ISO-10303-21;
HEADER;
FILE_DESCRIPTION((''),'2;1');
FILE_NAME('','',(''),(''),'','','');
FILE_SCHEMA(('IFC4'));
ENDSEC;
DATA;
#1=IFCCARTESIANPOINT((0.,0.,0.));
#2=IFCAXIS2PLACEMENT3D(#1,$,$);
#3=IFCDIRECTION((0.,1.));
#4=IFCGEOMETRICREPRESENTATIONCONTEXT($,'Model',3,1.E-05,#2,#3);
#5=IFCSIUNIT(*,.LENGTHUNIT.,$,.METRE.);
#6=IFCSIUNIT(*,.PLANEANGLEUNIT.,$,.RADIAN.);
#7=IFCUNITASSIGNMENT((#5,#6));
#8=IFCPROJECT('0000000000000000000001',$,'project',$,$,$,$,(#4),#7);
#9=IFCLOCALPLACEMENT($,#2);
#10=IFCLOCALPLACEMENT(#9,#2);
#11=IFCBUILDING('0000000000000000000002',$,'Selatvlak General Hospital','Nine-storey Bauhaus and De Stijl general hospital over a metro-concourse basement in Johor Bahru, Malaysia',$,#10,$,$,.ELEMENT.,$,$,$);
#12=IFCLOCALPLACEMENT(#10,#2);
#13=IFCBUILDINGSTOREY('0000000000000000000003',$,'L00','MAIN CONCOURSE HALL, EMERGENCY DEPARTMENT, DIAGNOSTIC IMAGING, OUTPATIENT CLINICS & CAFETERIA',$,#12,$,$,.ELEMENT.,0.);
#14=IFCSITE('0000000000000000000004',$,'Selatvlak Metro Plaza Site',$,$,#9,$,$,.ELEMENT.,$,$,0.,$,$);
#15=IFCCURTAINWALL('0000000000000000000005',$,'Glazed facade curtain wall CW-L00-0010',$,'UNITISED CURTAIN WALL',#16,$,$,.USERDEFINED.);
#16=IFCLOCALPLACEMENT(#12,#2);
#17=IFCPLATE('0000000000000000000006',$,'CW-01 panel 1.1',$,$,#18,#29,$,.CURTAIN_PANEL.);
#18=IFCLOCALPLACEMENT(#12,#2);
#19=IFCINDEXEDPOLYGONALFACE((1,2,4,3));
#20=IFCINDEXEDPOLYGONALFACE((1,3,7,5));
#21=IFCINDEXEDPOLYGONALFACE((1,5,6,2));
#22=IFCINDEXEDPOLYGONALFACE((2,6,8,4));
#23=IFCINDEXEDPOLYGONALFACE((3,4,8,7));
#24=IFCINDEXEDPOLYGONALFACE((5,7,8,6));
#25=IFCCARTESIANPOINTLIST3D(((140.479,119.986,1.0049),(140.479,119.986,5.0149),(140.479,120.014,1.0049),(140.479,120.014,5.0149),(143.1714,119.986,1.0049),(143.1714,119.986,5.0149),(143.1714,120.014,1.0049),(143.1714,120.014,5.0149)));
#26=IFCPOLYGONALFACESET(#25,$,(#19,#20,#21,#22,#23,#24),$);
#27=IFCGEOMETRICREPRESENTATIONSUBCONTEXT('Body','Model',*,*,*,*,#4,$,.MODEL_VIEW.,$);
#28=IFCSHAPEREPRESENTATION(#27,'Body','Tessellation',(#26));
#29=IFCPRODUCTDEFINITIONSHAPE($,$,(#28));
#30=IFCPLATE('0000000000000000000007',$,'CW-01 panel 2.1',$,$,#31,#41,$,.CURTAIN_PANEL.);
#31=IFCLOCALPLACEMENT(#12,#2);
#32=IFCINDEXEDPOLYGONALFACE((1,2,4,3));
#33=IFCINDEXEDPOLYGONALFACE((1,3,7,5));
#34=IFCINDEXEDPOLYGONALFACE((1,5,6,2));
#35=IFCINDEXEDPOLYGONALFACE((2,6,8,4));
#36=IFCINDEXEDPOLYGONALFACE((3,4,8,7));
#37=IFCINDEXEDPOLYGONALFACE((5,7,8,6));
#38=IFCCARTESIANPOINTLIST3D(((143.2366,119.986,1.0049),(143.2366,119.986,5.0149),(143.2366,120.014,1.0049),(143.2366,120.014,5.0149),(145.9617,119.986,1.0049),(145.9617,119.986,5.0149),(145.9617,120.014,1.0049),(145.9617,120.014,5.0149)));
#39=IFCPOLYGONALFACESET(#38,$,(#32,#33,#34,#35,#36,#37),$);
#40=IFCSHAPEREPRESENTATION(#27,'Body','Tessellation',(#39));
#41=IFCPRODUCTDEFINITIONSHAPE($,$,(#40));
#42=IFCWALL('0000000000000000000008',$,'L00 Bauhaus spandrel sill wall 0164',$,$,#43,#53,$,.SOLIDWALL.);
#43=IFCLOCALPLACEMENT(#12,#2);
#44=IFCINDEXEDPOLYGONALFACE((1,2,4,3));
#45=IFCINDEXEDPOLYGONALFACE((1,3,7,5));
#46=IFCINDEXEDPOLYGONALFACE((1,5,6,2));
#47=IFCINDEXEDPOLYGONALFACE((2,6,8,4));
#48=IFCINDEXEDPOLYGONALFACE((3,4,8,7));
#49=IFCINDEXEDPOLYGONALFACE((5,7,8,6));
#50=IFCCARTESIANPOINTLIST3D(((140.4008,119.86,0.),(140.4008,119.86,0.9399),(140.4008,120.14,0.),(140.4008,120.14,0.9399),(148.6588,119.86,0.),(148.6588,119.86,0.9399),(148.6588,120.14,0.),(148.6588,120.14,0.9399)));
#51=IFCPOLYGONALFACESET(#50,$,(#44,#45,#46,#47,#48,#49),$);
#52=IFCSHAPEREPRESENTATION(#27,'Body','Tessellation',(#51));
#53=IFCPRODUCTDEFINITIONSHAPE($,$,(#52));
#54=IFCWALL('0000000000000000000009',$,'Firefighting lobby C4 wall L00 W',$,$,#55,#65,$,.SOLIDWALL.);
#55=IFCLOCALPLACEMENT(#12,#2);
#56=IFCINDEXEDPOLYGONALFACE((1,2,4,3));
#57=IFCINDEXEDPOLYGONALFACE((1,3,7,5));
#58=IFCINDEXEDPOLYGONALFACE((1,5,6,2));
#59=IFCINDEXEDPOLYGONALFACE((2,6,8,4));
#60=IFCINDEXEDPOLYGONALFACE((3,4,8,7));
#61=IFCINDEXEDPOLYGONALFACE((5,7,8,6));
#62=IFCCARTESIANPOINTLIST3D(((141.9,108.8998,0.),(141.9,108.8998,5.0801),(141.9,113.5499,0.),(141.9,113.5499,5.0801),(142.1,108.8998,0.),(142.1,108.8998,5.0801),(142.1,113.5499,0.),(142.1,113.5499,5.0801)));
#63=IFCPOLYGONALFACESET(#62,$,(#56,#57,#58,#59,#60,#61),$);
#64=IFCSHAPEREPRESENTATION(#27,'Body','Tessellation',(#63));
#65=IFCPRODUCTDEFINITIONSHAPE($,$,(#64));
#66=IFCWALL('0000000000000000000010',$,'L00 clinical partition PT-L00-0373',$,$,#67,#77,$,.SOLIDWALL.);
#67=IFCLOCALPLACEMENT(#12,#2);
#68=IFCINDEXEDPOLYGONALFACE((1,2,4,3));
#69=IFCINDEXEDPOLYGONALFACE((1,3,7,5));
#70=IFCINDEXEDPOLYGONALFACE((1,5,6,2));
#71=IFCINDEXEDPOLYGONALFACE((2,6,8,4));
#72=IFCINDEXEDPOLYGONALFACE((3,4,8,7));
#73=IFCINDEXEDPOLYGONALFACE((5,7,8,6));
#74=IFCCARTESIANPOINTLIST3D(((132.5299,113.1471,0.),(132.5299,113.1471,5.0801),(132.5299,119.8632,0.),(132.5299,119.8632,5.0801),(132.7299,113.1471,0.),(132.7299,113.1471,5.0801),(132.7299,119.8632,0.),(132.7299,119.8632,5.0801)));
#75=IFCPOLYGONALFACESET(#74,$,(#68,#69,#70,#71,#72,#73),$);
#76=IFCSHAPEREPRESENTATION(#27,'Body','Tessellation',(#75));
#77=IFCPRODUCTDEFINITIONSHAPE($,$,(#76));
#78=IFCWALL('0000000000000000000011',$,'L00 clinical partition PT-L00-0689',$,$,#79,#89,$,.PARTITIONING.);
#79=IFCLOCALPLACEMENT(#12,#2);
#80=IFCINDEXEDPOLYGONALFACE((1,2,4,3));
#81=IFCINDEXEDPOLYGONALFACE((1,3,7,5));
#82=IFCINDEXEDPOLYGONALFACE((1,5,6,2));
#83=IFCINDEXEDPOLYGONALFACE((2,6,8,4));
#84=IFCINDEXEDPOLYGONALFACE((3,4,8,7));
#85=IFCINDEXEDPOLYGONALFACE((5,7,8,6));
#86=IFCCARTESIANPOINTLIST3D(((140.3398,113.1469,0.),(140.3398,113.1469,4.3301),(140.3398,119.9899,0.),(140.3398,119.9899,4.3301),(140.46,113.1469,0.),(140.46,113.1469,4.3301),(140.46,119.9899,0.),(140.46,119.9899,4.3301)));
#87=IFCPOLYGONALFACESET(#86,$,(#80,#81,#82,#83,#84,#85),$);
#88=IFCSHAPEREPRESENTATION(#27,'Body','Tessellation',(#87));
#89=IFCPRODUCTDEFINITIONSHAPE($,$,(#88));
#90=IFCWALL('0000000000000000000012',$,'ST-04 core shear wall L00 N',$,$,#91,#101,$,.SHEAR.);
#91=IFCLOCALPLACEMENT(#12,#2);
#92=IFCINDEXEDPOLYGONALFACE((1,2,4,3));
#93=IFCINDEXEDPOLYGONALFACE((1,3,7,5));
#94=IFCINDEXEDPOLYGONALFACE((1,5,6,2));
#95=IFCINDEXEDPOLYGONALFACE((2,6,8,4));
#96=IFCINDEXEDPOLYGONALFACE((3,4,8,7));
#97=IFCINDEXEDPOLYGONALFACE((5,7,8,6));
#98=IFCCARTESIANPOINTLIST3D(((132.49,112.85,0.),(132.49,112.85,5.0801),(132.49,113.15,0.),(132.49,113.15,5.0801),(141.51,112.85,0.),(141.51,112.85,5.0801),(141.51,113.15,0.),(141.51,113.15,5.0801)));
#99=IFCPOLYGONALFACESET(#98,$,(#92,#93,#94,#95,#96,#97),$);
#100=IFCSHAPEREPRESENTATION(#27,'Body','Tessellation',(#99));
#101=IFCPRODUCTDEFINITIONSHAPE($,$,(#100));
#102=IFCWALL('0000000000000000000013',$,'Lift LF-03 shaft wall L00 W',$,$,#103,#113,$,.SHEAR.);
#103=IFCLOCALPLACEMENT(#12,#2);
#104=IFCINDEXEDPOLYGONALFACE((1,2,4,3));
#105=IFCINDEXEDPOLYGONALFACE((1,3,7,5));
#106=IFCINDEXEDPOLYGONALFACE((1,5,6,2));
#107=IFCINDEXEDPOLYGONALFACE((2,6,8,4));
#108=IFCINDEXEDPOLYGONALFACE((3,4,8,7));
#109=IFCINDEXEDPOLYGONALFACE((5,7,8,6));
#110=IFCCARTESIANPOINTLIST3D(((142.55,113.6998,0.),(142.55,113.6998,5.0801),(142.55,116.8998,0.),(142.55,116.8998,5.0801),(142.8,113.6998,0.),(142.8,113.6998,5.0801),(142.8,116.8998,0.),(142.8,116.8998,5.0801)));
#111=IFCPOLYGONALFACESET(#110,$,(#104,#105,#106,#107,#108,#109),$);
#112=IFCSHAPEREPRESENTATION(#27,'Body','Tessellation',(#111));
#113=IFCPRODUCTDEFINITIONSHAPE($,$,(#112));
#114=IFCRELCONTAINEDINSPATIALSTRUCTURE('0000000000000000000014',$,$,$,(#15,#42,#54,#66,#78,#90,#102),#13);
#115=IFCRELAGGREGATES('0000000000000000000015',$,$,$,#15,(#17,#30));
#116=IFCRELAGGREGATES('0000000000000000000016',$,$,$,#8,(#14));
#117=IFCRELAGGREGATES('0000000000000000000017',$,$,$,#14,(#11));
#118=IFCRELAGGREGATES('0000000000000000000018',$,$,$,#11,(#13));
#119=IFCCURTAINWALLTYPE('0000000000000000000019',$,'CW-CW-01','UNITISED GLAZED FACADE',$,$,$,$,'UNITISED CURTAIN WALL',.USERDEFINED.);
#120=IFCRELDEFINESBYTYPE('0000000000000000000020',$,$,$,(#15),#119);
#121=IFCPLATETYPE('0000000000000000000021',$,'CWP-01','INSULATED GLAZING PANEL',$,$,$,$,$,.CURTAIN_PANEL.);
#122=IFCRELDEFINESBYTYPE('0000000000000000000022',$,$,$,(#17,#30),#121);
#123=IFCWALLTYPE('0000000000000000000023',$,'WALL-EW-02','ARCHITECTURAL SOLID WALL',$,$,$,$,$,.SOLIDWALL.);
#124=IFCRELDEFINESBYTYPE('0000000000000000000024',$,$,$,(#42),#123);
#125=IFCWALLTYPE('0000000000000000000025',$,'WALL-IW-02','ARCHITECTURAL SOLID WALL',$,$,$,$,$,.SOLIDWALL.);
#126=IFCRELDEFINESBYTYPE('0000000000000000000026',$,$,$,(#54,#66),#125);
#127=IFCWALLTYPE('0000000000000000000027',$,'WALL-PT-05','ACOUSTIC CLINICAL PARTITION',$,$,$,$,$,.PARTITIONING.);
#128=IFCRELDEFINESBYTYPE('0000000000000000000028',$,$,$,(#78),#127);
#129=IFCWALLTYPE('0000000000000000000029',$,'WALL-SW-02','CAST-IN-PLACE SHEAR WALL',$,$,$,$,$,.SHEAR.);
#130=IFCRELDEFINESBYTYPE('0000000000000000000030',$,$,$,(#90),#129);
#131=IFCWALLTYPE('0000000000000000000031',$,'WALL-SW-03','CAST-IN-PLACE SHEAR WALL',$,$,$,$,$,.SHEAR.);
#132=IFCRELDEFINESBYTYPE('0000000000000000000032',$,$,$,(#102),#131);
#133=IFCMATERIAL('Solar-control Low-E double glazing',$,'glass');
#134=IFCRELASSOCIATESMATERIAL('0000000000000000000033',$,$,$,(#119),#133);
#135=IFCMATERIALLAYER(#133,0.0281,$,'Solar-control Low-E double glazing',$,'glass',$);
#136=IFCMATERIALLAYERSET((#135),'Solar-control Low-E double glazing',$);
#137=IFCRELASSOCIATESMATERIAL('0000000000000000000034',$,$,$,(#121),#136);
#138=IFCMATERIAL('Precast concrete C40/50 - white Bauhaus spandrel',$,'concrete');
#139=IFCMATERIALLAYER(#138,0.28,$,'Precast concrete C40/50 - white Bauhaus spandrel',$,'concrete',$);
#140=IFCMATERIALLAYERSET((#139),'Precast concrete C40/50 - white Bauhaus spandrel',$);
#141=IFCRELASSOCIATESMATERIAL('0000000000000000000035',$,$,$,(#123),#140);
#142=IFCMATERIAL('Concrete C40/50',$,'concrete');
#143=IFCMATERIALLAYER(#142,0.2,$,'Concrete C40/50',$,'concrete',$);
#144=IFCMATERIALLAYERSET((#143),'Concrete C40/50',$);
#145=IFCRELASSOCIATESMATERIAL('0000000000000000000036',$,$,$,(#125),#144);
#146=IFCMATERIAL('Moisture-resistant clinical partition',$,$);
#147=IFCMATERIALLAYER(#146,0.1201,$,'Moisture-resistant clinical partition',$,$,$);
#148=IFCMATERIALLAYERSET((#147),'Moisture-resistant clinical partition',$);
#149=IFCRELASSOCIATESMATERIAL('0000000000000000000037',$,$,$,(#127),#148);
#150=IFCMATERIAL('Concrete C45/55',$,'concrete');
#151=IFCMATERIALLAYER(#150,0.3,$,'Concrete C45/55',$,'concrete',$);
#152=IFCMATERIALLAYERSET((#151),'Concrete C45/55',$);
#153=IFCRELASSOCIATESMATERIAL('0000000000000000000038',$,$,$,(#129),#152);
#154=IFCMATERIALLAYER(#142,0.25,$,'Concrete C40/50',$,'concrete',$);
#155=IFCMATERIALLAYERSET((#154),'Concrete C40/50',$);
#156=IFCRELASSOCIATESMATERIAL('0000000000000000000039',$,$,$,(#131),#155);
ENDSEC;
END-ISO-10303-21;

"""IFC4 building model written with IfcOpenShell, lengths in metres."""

from ifc_helpers import new_model, si_unit, direction, frame, frame_2d, origin, origin_2d, place, context, subcontext, project, spatial, rectangle, extrude, material, layer, layer_set, type_object, element, aggregate, save


model = new_model("IFC4")

# Units and contexts
model_context = context("Model", 3, precision=1e-05, world=origin(), true_north=direction((0.0, 1.0)))
body_context = subcontext(model_context, "Body", "Model", "MODEL_VIEW")
ifc_project = project(units=[si_unit("LENGTHUNIT", "METRE"), si_unit("PLANEANGLEUNIT", "RADIAN")], contexts=[model_context])

# Site, building, storey
site_placement = place(None, origin())
site = spatial("IfcSite", under=ifc_project, at=site_placement, Name="Selatvlak Metro Plaza Site", CompositionType="ELEMENT", RefElevation=0.0)
building_placement = place(site_placement, origin())
building = spatial("IfcBuilding", under=site, at=building_placement, Name="Selatvlak General Hospital", Description="Nine-storey Bauhaus and De Stijl general hospital over a metro-concourse basement in Johor Bahru, Malaysia", CompositionType="ELEMENT")
storey_placement = place(building_placement, origin())
storey = spatial("IfcBuildingStorey", under=building, at=storey_placement, Name="L00", Description="MAIN CONCOURSE HALL, EMERGENCY DEPARTMENT, DIAGNOSTIC IMAGING, OUTPATIENT CLINICS & CAFETERIA", CompositionType="ELEMENT", Elevation=0.0)

# Shared definitions
ifc_material_1 = material(Name="Concrete C40/50", Category="concrete")

# Curtain wall, plates
ifc_material_2 = material(Name="Solar-control Low-E double glazing", Category="glass")
curtain_wall_type = type_object("IfcCurtainWallType", Name="CW-CW-01", Description="UNITISED GLAZED FACADE", ElementType="UNITISED CURTAIN WALL", PredefinedType="USERDEFINED", material=ifc_material_2)
curtain_wall_placement = place(storey_placement, origin())
curtain_wall = element("IfcCurtainWall", 1, at=curtain_wall_placement, inside=storey, type_object=curtain_wall_type, Name="Glazed facade curtain wall CW-L00-0010", ObjectType="UNITISED CURTAIN WALL", PredefinedType="USERDEFINED")
ifc_layer_1 = layer(ifc_material_2, 0.0281, Name="Solar-control Low-E double glazing", Category="glass")
ifc_layer_set_1 = layer_set([ifc_layer_1], Name="Solar-control Low-E double glazing")
plate_type = type_object("IfcPlateType", Name="CWP-01", Description="INSULATED GLAZING PANEL", PredefinedType="CURTAIN_PANEL", material=ifc_layer_set_1)
plate_1_placement = place(storey_placement, frame((141.8252, 120.0, 1.0049), z_axis=(0.0, 0.0, 1.0), x_axis=(1.0, 0.0, 0.0)))
plate_1 = element("IfcPlate", 2, at=plate_1_placement, type_object=plate_type, Name="CW-01 panel 1.1", PredefinedType="CURTAIN_PANEL", context=body_context, shape_type="SweptSolid", body=[
    extrude(rectangle(XDim=2.6924, YDim=0.0281, at=origin_2d()), origin(), (0.0, 0.0, 1.0), 4.01),
])
plate_2_placement = place(storey_placement, frame((144.5991, 120.0, 1.0049), z_axis=(0.0, 0.0, 1.0), x_axis=(1.0, 0.0, 0.0)))
plate_2 = element("IfcPlate", 3, at=plate_2_placement, type_object=plate_type, Name="CW-01 panel 2.1", PredefinedType="CURTAIN_PANEL", context=body_context, shape_type="SweptSolid", body=[
    extrude(rectangle(XDim=2.7251, YDim=0.0281, at=origin_2d()), origin(), (0.0, 0.0, 1.0), 4.01),
])
aggregate(curtain_wall, [plate_1, plate_2])

# Walls
ifc_material_3 = material(Name="Precast concrete C40/50 - white Bauhaus spandrel", Category="concrete")
ifc_layer_2 = layer(ifc_material_3, 0.28, Name="Precast concrete C40/50 - white Bauhaus spandrel", Category="concrete")
ifc_layer_set_2 = layer_set([ifc_layer_2], Name="Precast concrete C40/50 - white Bauhaus spandrel")
wall_type_1 = type_object("IfcWallType", Name="WALL-EW-02", Description="ARCHITECTURAL SOLID WALL", PredefinedType="SOLIDWALL", material=ifc_layer_set_2)
wall_1_placement = place(storey_placement, frame((140.4009, 120.0, 0.0), z_axis=(0.0, 0.0, 1.0), x_axis=(1.0, 0.0, 0.0)))
element("IfcWall", 4, at=wall_1_placement, inside=storey, type_object=wall_type_1, Name="L00 Bauhaus spandrel sill wall 0164", PredefinedType="SOLIDWALL", context=body_context, shape_type="SweptSolid", body=[
    extrude(rectangle(XDim=8.2581, YDim=0.28, at=frame_2d((4.1289, 0.0))), origin(), (0.0, 0.0, 1.0), 0.9399),
])
ifc_layer_3 = layer(ifc_material_1, 0.2, Name="Concrete C40/50", Category="concrete")
ifc_layer_set_3 = layer_set([ifc_layer_3], Name="Concrete C40/50")
wall_type_2 = type_object("IfcWallType", Name="WALL-IW-02", Description="ARCHITECTURAL SOLID WALL", PredefinedType="SOLIDWALL", material=ifc_layer_set_3)
wall_2_placement = place(storey_placement, frame((142.0, 113.55, 0.0), z_axis=(0.0, 0.0, 1.0), x_axis=(0.0, -1.0, 0.0)))
element("IfcWall", 5, at=wall_2_placement, inside=storey, type_object=wall_type_2, Name="Firefighting lobby C4 wall L00 W", PredefinedType="SOLIDWALL", context=body_context, shape_type="SweptSolid", body=[
    extrude(rectangle(XDim=4.6501, YDim=0.2, at=frame_2d((2.3252, 0.0))), origin(), (0.0, 0.0, 1.0), 5.0801),
])
wall_3_placement = place(storey_placement, frame((132.6299, 119.863, 0.0), z_axis=(0.0, 0.0, 1.0), x_axis=(0.0, -1.0, 0.0)))
element("IfcWall", 6, at=wall_3_placement, inside=storey, type_object=wall_type_2, Name="L00 clinical partition PT-L00-0373", PredefinedType="SOLIDWALL", context=body_context, shape_type="SweptSolid", body=[
    extrude(rectangle(XDim=6.7161, YDim=0.2, at=frame_2d((3.3579, 0.0))), origin(), (0.0, 0.0, 1.0), 5.0801),
])
ifc_material_4 = material(Name="Moisture-resistant clinical partition")
ifc_layer_4 = layer(ifc_material_4, 0.1201, Name="Moisture-resistant clinical partition")
ifc_layer_set_4 = layer_set([ifc_layer_4], Name="Moisture-resistant clinical partition")
wall_type_3 = type_object("IfcWallType", Name="WALL-PT-05", Description="ACOUSTIC CLINICAL PARTITION", PredefinedType="PARTITIONING", material=ifc_layer_set_4)
wall_4_placement = place(storey_placement, frame((140.3999, 113.147, 0.0), z_axis=(0.0, 0.0, 1.0), x_axis=(0.0, 1.0, 0.0)))
element("IfcWall", 7, at=wall_4_placement, inside=storey, type_object=wall_type_3, Name="L00 clinical partition PT-L00-0689", PredefinedType="PARTITIONING", context=body_context, shape_type="SweptSolid", body=[
    extrude(rectangle(XDim=6.843, YDim=0.1201, at=frame_2d((3.4214, 0.0))), origin(), (0.0, 0.0, 1.0), 4.3301),
])
ifc_material_5 = material(Name="Concrete C45/55", Category="concrete")
ifc_layer_5 = layer(ifc_material_5, 0.3, Name="Concrete C45/55", Category="concrete")
ifc_layer_set_5 = layer_set([ifc_layer_5], Name="Concrete C45/55")
wall_type_4 = type_object("IfcWallType", Name="WALL-SW-02", Description="CAST-IN-PLACE SHEAR WALL", PredefinedType="SHEAR", material=ifc_layer_set_5)
wall_5_placement = place(storey_placement, frame((141.51, 113.0, 0.0), z_axis=(0.0, 0.0, 1.0), x_axis=(-1.0, 0.0, 0.0)))
element("IfcWall", 8, at=wall_5_placement, inside=storey, type_object=wall_type_4, Name="ST-04 core shear wall L00 N", PredefinedType="SHEAR", context=body_context, shape_type="SweptSolid", body=[
    extrude(rectangle(XDim=9.02, YDim=0.3, at=frame_2d((4.51, 0.0))), origin(), (0.0, 0.0, 1.0), 5.0801),
])

# Shared definitions
ifc_layer_6 = layer(ifc_material_1, 0.25, Name="Concrete C40/50", Category="concrete")
ifc_layer_set_6 = layer_set([ifc_layer_6], Name="Concrete C40/50")
wall_type_5 = type_object("IfcWallType", Name="WALL-SW-03", Description="CAST-IN-PLACE SHEAR WALL", PredefinedType="SHEAR", material=ifc_layer_set_6)

# Wall
wall_6_placement = place(storey_placement, frame((142.675, 116.8999, 0.0), z_axis=(0.0, 0.0, 1.0), x_axis=(0.0, -1.0, 0.0)))
element("IfcWall", 9, at=wall_6_placement, inside=storey, type_object=wall_type_5, Name="Lift LF-03 shaft wall L00 W", PredefinedType="SHEAR", context=body_context, shape_type="SweptSolid", body=[
    extrude(rectangle(XDim=3.2, YDim=0.25, at=frame_2d((1.6001, 0.0))), origin(), (0.0, 0.0, 1.0), 5.0801),
])

save(model, "model.ifc")
